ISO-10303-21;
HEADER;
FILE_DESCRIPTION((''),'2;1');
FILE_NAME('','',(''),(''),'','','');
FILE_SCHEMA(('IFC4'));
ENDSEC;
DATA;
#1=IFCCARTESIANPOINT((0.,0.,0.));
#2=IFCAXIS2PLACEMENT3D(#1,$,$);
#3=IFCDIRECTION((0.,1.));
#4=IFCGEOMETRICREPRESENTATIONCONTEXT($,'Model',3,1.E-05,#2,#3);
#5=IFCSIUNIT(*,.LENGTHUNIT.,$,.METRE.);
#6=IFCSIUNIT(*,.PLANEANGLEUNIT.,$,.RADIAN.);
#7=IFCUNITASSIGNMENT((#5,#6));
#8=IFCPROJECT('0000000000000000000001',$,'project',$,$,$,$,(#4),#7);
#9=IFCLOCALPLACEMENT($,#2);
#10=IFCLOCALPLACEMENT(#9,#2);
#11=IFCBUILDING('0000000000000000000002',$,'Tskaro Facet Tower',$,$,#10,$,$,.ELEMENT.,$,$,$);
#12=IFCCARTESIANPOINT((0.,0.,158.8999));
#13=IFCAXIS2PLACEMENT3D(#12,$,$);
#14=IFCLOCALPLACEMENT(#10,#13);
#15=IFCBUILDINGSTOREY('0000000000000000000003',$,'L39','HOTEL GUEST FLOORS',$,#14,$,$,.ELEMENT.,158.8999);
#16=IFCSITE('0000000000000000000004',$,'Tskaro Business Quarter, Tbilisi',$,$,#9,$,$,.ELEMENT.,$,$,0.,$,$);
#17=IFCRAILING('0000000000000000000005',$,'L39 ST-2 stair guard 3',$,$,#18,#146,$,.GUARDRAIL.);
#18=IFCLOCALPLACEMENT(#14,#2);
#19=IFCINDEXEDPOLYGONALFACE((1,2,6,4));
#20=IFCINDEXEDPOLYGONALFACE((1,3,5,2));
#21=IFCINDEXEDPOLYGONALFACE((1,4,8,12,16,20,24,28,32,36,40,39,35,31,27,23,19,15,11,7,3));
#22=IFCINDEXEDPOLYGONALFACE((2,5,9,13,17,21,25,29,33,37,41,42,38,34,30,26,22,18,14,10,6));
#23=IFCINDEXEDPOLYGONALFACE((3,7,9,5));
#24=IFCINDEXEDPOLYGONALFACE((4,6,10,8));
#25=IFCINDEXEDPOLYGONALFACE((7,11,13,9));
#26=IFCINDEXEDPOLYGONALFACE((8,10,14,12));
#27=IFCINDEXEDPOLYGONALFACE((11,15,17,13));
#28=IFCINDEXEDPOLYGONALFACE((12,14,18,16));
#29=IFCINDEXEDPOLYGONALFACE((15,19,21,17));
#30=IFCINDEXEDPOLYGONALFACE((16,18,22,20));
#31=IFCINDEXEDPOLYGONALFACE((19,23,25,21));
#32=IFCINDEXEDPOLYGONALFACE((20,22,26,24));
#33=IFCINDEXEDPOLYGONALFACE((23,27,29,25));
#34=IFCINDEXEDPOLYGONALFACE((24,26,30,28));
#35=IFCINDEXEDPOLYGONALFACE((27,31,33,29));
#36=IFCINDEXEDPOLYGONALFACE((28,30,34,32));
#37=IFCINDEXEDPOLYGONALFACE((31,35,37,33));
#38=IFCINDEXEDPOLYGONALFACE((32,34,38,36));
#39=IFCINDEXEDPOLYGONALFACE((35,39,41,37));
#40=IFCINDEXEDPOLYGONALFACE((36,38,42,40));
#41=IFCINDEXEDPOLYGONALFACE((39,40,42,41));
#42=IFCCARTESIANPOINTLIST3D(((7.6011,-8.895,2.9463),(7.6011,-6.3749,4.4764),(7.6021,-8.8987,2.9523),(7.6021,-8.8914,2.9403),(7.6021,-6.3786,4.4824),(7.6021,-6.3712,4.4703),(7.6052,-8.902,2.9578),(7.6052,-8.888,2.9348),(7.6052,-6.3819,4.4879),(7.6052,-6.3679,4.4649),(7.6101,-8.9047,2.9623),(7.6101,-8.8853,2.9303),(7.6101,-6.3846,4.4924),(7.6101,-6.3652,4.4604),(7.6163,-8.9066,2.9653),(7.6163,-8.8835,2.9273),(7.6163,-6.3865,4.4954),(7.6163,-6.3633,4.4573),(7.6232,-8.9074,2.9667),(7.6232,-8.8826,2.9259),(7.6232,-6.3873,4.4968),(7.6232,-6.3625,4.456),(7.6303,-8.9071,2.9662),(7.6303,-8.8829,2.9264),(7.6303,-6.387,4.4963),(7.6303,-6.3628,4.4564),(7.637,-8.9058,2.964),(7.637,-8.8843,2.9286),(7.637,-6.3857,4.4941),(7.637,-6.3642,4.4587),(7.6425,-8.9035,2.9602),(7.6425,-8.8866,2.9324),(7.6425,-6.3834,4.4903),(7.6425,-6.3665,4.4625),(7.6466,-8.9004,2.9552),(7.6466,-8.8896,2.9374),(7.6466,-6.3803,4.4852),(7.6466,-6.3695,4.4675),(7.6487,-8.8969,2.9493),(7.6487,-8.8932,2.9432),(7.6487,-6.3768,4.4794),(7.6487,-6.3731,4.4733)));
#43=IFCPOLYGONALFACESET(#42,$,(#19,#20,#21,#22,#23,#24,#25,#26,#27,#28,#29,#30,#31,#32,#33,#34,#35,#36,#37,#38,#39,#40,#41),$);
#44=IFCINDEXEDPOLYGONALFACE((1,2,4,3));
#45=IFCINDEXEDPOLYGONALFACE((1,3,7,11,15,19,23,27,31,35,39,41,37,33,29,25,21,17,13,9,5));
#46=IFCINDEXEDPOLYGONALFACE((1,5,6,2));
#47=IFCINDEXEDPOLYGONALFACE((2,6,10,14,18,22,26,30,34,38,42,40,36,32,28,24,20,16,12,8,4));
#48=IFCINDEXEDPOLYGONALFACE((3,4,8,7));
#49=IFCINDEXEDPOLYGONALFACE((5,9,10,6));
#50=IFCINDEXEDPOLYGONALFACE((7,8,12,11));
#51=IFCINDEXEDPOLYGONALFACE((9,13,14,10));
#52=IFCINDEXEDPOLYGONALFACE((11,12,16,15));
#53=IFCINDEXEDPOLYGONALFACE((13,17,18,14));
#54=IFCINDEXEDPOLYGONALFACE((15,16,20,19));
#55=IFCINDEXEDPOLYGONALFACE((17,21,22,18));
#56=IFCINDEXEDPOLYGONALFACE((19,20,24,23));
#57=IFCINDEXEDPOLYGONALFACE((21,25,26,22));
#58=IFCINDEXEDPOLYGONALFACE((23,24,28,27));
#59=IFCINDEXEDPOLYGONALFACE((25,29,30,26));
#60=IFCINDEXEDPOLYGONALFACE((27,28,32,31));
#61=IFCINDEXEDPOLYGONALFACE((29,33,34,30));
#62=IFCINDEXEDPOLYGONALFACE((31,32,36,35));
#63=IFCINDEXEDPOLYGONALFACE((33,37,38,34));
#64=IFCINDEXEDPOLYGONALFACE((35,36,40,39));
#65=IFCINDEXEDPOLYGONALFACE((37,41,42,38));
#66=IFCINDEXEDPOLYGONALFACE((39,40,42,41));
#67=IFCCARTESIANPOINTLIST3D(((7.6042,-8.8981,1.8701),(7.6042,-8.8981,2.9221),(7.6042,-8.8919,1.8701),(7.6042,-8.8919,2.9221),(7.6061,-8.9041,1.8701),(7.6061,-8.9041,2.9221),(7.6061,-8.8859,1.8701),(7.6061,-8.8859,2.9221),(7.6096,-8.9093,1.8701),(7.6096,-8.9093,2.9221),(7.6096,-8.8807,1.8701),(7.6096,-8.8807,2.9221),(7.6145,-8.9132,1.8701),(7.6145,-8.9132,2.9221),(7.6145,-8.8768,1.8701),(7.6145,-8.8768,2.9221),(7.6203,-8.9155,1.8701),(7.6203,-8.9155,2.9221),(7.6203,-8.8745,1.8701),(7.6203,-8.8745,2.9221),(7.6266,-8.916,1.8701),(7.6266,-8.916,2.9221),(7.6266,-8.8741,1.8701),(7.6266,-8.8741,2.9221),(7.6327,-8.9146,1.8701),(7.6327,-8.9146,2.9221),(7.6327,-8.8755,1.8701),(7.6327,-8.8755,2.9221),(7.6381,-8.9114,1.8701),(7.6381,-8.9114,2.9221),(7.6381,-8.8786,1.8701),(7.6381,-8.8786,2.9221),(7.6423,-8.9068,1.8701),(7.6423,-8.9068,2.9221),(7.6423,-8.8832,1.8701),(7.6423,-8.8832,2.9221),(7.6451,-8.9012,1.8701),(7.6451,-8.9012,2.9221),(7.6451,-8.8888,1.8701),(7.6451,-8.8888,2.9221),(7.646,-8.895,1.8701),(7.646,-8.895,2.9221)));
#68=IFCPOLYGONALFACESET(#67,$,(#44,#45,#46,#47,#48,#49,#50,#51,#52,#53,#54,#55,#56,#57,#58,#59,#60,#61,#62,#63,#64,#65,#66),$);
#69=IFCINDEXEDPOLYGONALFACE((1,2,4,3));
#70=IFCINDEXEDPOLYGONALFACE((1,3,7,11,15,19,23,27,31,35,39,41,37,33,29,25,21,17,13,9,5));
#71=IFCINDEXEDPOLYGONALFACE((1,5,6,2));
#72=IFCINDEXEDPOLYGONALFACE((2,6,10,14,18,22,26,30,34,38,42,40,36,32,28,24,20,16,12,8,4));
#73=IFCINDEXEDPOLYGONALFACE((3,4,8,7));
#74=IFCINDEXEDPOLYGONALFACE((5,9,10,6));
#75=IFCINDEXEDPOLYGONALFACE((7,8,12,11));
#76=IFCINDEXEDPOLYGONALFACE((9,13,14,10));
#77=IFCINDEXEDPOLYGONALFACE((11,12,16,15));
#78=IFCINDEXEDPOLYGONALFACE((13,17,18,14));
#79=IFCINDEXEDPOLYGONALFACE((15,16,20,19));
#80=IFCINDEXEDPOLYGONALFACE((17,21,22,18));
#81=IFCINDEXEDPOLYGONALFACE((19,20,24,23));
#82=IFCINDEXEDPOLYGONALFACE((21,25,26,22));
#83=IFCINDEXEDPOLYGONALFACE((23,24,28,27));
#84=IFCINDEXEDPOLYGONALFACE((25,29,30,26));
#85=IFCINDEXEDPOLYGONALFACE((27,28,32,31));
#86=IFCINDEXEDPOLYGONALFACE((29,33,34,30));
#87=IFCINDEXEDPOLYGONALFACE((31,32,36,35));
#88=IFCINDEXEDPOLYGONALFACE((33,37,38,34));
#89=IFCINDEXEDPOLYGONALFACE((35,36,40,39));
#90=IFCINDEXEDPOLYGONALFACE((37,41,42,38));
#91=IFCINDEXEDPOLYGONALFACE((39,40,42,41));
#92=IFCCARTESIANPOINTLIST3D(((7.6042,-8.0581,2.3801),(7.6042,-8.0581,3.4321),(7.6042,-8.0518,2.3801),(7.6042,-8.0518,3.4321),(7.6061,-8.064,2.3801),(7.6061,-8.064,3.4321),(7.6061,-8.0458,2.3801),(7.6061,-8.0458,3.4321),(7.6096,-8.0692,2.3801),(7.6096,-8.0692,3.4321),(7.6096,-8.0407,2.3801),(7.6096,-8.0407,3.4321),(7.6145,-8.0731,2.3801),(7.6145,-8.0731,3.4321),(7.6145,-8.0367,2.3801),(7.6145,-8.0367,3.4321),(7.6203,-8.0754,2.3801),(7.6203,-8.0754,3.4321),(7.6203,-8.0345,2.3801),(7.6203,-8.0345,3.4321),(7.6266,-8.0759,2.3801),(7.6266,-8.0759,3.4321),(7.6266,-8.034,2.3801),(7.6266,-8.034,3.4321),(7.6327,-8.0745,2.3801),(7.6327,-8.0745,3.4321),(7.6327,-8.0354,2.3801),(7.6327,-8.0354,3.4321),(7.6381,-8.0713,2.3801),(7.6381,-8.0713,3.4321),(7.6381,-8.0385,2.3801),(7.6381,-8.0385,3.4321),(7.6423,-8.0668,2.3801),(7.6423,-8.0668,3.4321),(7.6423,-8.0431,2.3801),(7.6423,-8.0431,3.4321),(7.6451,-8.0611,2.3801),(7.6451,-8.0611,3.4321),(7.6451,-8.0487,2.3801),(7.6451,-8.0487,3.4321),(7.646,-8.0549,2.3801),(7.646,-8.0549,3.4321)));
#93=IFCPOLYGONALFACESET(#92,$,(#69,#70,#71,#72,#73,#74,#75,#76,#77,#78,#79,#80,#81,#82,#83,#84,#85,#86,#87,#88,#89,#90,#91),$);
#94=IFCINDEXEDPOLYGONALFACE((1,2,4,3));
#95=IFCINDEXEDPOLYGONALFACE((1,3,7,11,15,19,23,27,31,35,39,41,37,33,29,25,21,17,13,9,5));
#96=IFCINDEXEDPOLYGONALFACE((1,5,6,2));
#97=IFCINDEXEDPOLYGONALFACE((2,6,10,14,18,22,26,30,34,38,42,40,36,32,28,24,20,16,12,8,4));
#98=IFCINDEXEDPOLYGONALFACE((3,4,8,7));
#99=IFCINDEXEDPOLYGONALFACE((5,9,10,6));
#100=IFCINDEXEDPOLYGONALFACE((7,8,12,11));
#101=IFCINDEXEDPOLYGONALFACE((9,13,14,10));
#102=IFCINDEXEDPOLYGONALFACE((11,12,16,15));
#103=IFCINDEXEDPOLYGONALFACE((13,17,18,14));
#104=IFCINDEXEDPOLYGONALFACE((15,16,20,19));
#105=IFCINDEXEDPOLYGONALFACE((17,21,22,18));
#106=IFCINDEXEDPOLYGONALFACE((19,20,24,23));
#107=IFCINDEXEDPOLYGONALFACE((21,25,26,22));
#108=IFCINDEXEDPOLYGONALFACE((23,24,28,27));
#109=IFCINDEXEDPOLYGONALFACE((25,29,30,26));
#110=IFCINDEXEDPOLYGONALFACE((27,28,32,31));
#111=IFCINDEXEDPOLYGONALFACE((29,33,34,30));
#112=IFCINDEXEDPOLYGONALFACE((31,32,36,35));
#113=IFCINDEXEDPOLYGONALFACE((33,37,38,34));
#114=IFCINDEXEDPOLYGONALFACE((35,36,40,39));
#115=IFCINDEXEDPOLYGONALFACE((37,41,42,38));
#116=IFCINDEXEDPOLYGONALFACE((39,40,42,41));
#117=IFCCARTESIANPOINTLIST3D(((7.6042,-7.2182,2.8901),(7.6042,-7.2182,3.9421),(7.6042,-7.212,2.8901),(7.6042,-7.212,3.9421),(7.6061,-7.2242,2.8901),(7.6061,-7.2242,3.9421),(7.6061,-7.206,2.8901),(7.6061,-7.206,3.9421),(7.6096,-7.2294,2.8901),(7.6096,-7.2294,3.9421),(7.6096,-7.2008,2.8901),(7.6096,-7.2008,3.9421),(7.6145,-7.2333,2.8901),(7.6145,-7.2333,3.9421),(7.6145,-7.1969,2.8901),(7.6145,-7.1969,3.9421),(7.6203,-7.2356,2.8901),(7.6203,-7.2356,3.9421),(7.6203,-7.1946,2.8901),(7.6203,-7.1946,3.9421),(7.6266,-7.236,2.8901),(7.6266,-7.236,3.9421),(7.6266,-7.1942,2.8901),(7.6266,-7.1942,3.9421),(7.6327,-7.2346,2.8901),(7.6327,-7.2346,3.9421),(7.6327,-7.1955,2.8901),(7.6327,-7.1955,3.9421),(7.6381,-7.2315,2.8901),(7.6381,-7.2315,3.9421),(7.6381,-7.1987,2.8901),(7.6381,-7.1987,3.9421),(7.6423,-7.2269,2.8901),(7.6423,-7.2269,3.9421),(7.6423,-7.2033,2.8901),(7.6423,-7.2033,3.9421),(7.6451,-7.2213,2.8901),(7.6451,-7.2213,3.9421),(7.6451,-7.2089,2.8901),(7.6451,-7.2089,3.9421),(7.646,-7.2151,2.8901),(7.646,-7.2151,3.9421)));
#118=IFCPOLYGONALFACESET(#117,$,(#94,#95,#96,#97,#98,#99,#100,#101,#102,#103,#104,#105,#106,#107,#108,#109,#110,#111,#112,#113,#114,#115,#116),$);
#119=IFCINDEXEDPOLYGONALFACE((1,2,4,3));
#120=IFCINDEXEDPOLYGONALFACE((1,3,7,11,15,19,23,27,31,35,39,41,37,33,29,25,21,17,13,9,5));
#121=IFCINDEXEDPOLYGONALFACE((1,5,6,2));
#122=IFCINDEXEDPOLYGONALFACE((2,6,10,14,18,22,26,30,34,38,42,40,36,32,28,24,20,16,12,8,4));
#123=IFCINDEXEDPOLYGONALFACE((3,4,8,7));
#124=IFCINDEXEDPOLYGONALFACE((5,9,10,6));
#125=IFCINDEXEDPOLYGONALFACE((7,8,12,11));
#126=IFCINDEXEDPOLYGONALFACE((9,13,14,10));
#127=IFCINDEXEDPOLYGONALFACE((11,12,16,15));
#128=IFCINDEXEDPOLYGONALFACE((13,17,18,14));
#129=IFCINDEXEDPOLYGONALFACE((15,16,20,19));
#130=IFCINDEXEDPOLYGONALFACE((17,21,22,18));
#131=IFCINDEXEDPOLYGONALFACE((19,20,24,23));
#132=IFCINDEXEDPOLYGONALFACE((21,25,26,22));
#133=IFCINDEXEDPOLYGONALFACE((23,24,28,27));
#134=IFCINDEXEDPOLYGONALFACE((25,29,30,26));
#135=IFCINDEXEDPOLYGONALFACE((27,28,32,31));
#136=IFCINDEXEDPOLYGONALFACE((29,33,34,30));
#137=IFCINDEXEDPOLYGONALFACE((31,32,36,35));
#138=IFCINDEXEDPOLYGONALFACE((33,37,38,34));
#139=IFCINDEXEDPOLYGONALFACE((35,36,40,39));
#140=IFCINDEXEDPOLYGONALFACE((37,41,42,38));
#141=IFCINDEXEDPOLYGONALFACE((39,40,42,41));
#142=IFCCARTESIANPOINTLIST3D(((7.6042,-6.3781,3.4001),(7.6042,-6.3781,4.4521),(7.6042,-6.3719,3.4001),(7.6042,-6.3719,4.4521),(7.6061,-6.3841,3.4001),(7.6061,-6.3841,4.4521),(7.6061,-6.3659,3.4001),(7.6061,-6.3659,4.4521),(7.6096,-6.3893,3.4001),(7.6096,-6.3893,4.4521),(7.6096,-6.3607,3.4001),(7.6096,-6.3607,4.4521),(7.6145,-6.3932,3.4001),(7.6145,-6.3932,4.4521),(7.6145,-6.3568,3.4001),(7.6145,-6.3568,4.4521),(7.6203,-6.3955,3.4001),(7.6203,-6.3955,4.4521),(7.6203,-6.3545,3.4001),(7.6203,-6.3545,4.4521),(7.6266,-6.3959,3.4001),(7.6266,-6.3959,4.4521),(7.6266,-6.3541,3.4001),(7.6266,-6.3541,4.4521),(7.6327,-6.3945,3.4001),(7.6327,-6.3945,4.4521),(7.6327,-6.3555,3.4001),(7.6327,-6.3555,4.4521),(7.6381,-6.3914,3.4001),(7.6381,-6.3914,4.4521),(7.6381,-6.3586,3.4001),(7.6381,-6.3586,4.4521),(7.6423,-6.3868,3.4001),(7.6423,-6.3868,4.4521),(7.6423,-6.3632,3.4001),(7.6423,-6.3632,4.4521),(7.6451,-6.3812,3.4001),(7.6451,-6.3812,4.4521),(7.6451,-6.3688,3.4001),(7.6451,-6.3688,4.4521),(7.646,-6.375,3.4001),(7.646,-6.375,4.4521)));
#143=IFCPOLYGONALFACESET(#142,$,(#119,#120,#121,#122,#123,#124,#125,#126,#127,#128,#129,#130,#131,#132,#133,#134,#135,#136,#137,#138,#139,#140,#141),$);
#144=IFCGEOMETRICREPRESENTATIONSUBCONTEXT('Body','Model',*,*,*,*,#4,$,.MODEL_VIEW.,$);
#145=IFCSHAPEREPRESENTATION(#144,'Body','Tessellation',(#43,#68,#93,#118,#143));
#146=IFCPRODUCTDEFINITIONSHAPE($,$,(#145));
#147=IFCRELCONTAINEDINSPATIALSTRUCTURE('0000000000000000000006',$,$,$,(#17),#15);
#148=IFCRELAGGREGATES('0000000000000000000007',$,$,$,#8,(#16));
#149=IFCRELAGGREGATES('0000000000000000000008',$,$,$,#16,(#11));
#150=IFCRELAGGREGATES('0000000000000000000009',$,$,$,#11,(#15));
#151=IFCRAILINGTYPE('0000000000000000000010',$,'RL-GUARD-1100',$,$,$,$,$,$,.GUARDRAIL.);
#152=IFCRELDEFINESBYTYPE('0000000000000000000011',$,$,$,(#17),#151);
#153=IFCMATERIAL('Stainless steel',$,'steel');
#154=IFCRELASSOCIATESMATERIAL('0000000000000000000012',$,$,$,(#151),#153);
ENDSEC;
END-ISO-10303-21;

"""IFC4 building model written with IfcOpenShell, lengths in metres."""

from ifc_helpers import new_model, si_unit, direction, frame, origin, origin_2d, place, context, subcontext, project, spatial, circle, extrude, material, type_object, element, save


model = new_model("IFC4")

# Units and contexts
model_context = context("Model", 3, precision=1e-05, world=origin(), true_north=direction((0.0, 1.0)))
body_context = subcontext(model_context, "Body", "Model", "MODEL_VIEW")
ifc_project = project(units=[si_unit("LENGTHUNIT", "METRE"), si_unit("PLANEANGLEUNIT", "RADIAN")], contexts=[model_context])

# Site, building, storey
site_placement = place(None, origin())
site = spatial("IfcSite", under=ifc_project, at=site_placement, Name="Tskaro Business Quarter, Tbilisi", CompositionType="ELEMENT", RefElevation=0.0)
building_placement = place(site_placement, origin())
building = spatial("IfcBuilding", under=site, at=building_placement, Name="Tskaro Facet Tower", CompositionType="ELEMENT")
storey_placement = place(building_placement, frame((0.0, 0.0, 158.8999)))
storey = spatial("IfcBuildingStorey", under=building, at=storey_placement, Name="L39", Description="HOTEL GUEST FLOORS", CompositionType="ELEMENT", Elevation=158.8999)

# Railing
ifc_material_1 = material(Name="Stainless steel", Category="steel")
railing_type_1 = type_object("IfcRailingType", Name="RL-GUARD-1100", PredefinedType="GUARDRAIL", material=ifc_material_1)
railing_1_placement = place(storey_placement, frame((7.625, -8.895, 1.8701)))
element("IfcRailing", 1, at=railing_1_placement, inside=storey, type_object=railing_type_1, Name="L39 ST-2 stair guard 3", PredefinedType="GUARDRAIL", context=body_context, shape_type="SweptSolid", body=[
    extrude(circle(Radius=0.0239, at=origin_2d()), frame((0.0, 0.0, 1.0762), z_axis=(0.0, 0.854785, 0.518982), x_axis=(-1.0, 0.0, 0.0)), (0.0, 0.0, 1.0), 2.9482),
    extrude(circle(Radius=0.021, at=origin_2d()), origin(), (0.0, 0.0, 1.0), 1.052),
    extrude(circle(Radius=0.021, at=origin_2d()), frame((0.0, 0.8401, 0.51)), (0.0, 0.0, 1.0), 1.052),
    extrude(circle(Radius=0.021, at=origin_2d()), frame((0.0, 1.6799, 1.02)), (0.0, 0.0, 1.0), 1.052),
    extrude(circle(Radius=0.021, at=origin_2d()), frame((0.0, 2.52, 1.53)), (0.0, 0.0, 1.0), 1.052),
])

save(model, "model.ifc")
